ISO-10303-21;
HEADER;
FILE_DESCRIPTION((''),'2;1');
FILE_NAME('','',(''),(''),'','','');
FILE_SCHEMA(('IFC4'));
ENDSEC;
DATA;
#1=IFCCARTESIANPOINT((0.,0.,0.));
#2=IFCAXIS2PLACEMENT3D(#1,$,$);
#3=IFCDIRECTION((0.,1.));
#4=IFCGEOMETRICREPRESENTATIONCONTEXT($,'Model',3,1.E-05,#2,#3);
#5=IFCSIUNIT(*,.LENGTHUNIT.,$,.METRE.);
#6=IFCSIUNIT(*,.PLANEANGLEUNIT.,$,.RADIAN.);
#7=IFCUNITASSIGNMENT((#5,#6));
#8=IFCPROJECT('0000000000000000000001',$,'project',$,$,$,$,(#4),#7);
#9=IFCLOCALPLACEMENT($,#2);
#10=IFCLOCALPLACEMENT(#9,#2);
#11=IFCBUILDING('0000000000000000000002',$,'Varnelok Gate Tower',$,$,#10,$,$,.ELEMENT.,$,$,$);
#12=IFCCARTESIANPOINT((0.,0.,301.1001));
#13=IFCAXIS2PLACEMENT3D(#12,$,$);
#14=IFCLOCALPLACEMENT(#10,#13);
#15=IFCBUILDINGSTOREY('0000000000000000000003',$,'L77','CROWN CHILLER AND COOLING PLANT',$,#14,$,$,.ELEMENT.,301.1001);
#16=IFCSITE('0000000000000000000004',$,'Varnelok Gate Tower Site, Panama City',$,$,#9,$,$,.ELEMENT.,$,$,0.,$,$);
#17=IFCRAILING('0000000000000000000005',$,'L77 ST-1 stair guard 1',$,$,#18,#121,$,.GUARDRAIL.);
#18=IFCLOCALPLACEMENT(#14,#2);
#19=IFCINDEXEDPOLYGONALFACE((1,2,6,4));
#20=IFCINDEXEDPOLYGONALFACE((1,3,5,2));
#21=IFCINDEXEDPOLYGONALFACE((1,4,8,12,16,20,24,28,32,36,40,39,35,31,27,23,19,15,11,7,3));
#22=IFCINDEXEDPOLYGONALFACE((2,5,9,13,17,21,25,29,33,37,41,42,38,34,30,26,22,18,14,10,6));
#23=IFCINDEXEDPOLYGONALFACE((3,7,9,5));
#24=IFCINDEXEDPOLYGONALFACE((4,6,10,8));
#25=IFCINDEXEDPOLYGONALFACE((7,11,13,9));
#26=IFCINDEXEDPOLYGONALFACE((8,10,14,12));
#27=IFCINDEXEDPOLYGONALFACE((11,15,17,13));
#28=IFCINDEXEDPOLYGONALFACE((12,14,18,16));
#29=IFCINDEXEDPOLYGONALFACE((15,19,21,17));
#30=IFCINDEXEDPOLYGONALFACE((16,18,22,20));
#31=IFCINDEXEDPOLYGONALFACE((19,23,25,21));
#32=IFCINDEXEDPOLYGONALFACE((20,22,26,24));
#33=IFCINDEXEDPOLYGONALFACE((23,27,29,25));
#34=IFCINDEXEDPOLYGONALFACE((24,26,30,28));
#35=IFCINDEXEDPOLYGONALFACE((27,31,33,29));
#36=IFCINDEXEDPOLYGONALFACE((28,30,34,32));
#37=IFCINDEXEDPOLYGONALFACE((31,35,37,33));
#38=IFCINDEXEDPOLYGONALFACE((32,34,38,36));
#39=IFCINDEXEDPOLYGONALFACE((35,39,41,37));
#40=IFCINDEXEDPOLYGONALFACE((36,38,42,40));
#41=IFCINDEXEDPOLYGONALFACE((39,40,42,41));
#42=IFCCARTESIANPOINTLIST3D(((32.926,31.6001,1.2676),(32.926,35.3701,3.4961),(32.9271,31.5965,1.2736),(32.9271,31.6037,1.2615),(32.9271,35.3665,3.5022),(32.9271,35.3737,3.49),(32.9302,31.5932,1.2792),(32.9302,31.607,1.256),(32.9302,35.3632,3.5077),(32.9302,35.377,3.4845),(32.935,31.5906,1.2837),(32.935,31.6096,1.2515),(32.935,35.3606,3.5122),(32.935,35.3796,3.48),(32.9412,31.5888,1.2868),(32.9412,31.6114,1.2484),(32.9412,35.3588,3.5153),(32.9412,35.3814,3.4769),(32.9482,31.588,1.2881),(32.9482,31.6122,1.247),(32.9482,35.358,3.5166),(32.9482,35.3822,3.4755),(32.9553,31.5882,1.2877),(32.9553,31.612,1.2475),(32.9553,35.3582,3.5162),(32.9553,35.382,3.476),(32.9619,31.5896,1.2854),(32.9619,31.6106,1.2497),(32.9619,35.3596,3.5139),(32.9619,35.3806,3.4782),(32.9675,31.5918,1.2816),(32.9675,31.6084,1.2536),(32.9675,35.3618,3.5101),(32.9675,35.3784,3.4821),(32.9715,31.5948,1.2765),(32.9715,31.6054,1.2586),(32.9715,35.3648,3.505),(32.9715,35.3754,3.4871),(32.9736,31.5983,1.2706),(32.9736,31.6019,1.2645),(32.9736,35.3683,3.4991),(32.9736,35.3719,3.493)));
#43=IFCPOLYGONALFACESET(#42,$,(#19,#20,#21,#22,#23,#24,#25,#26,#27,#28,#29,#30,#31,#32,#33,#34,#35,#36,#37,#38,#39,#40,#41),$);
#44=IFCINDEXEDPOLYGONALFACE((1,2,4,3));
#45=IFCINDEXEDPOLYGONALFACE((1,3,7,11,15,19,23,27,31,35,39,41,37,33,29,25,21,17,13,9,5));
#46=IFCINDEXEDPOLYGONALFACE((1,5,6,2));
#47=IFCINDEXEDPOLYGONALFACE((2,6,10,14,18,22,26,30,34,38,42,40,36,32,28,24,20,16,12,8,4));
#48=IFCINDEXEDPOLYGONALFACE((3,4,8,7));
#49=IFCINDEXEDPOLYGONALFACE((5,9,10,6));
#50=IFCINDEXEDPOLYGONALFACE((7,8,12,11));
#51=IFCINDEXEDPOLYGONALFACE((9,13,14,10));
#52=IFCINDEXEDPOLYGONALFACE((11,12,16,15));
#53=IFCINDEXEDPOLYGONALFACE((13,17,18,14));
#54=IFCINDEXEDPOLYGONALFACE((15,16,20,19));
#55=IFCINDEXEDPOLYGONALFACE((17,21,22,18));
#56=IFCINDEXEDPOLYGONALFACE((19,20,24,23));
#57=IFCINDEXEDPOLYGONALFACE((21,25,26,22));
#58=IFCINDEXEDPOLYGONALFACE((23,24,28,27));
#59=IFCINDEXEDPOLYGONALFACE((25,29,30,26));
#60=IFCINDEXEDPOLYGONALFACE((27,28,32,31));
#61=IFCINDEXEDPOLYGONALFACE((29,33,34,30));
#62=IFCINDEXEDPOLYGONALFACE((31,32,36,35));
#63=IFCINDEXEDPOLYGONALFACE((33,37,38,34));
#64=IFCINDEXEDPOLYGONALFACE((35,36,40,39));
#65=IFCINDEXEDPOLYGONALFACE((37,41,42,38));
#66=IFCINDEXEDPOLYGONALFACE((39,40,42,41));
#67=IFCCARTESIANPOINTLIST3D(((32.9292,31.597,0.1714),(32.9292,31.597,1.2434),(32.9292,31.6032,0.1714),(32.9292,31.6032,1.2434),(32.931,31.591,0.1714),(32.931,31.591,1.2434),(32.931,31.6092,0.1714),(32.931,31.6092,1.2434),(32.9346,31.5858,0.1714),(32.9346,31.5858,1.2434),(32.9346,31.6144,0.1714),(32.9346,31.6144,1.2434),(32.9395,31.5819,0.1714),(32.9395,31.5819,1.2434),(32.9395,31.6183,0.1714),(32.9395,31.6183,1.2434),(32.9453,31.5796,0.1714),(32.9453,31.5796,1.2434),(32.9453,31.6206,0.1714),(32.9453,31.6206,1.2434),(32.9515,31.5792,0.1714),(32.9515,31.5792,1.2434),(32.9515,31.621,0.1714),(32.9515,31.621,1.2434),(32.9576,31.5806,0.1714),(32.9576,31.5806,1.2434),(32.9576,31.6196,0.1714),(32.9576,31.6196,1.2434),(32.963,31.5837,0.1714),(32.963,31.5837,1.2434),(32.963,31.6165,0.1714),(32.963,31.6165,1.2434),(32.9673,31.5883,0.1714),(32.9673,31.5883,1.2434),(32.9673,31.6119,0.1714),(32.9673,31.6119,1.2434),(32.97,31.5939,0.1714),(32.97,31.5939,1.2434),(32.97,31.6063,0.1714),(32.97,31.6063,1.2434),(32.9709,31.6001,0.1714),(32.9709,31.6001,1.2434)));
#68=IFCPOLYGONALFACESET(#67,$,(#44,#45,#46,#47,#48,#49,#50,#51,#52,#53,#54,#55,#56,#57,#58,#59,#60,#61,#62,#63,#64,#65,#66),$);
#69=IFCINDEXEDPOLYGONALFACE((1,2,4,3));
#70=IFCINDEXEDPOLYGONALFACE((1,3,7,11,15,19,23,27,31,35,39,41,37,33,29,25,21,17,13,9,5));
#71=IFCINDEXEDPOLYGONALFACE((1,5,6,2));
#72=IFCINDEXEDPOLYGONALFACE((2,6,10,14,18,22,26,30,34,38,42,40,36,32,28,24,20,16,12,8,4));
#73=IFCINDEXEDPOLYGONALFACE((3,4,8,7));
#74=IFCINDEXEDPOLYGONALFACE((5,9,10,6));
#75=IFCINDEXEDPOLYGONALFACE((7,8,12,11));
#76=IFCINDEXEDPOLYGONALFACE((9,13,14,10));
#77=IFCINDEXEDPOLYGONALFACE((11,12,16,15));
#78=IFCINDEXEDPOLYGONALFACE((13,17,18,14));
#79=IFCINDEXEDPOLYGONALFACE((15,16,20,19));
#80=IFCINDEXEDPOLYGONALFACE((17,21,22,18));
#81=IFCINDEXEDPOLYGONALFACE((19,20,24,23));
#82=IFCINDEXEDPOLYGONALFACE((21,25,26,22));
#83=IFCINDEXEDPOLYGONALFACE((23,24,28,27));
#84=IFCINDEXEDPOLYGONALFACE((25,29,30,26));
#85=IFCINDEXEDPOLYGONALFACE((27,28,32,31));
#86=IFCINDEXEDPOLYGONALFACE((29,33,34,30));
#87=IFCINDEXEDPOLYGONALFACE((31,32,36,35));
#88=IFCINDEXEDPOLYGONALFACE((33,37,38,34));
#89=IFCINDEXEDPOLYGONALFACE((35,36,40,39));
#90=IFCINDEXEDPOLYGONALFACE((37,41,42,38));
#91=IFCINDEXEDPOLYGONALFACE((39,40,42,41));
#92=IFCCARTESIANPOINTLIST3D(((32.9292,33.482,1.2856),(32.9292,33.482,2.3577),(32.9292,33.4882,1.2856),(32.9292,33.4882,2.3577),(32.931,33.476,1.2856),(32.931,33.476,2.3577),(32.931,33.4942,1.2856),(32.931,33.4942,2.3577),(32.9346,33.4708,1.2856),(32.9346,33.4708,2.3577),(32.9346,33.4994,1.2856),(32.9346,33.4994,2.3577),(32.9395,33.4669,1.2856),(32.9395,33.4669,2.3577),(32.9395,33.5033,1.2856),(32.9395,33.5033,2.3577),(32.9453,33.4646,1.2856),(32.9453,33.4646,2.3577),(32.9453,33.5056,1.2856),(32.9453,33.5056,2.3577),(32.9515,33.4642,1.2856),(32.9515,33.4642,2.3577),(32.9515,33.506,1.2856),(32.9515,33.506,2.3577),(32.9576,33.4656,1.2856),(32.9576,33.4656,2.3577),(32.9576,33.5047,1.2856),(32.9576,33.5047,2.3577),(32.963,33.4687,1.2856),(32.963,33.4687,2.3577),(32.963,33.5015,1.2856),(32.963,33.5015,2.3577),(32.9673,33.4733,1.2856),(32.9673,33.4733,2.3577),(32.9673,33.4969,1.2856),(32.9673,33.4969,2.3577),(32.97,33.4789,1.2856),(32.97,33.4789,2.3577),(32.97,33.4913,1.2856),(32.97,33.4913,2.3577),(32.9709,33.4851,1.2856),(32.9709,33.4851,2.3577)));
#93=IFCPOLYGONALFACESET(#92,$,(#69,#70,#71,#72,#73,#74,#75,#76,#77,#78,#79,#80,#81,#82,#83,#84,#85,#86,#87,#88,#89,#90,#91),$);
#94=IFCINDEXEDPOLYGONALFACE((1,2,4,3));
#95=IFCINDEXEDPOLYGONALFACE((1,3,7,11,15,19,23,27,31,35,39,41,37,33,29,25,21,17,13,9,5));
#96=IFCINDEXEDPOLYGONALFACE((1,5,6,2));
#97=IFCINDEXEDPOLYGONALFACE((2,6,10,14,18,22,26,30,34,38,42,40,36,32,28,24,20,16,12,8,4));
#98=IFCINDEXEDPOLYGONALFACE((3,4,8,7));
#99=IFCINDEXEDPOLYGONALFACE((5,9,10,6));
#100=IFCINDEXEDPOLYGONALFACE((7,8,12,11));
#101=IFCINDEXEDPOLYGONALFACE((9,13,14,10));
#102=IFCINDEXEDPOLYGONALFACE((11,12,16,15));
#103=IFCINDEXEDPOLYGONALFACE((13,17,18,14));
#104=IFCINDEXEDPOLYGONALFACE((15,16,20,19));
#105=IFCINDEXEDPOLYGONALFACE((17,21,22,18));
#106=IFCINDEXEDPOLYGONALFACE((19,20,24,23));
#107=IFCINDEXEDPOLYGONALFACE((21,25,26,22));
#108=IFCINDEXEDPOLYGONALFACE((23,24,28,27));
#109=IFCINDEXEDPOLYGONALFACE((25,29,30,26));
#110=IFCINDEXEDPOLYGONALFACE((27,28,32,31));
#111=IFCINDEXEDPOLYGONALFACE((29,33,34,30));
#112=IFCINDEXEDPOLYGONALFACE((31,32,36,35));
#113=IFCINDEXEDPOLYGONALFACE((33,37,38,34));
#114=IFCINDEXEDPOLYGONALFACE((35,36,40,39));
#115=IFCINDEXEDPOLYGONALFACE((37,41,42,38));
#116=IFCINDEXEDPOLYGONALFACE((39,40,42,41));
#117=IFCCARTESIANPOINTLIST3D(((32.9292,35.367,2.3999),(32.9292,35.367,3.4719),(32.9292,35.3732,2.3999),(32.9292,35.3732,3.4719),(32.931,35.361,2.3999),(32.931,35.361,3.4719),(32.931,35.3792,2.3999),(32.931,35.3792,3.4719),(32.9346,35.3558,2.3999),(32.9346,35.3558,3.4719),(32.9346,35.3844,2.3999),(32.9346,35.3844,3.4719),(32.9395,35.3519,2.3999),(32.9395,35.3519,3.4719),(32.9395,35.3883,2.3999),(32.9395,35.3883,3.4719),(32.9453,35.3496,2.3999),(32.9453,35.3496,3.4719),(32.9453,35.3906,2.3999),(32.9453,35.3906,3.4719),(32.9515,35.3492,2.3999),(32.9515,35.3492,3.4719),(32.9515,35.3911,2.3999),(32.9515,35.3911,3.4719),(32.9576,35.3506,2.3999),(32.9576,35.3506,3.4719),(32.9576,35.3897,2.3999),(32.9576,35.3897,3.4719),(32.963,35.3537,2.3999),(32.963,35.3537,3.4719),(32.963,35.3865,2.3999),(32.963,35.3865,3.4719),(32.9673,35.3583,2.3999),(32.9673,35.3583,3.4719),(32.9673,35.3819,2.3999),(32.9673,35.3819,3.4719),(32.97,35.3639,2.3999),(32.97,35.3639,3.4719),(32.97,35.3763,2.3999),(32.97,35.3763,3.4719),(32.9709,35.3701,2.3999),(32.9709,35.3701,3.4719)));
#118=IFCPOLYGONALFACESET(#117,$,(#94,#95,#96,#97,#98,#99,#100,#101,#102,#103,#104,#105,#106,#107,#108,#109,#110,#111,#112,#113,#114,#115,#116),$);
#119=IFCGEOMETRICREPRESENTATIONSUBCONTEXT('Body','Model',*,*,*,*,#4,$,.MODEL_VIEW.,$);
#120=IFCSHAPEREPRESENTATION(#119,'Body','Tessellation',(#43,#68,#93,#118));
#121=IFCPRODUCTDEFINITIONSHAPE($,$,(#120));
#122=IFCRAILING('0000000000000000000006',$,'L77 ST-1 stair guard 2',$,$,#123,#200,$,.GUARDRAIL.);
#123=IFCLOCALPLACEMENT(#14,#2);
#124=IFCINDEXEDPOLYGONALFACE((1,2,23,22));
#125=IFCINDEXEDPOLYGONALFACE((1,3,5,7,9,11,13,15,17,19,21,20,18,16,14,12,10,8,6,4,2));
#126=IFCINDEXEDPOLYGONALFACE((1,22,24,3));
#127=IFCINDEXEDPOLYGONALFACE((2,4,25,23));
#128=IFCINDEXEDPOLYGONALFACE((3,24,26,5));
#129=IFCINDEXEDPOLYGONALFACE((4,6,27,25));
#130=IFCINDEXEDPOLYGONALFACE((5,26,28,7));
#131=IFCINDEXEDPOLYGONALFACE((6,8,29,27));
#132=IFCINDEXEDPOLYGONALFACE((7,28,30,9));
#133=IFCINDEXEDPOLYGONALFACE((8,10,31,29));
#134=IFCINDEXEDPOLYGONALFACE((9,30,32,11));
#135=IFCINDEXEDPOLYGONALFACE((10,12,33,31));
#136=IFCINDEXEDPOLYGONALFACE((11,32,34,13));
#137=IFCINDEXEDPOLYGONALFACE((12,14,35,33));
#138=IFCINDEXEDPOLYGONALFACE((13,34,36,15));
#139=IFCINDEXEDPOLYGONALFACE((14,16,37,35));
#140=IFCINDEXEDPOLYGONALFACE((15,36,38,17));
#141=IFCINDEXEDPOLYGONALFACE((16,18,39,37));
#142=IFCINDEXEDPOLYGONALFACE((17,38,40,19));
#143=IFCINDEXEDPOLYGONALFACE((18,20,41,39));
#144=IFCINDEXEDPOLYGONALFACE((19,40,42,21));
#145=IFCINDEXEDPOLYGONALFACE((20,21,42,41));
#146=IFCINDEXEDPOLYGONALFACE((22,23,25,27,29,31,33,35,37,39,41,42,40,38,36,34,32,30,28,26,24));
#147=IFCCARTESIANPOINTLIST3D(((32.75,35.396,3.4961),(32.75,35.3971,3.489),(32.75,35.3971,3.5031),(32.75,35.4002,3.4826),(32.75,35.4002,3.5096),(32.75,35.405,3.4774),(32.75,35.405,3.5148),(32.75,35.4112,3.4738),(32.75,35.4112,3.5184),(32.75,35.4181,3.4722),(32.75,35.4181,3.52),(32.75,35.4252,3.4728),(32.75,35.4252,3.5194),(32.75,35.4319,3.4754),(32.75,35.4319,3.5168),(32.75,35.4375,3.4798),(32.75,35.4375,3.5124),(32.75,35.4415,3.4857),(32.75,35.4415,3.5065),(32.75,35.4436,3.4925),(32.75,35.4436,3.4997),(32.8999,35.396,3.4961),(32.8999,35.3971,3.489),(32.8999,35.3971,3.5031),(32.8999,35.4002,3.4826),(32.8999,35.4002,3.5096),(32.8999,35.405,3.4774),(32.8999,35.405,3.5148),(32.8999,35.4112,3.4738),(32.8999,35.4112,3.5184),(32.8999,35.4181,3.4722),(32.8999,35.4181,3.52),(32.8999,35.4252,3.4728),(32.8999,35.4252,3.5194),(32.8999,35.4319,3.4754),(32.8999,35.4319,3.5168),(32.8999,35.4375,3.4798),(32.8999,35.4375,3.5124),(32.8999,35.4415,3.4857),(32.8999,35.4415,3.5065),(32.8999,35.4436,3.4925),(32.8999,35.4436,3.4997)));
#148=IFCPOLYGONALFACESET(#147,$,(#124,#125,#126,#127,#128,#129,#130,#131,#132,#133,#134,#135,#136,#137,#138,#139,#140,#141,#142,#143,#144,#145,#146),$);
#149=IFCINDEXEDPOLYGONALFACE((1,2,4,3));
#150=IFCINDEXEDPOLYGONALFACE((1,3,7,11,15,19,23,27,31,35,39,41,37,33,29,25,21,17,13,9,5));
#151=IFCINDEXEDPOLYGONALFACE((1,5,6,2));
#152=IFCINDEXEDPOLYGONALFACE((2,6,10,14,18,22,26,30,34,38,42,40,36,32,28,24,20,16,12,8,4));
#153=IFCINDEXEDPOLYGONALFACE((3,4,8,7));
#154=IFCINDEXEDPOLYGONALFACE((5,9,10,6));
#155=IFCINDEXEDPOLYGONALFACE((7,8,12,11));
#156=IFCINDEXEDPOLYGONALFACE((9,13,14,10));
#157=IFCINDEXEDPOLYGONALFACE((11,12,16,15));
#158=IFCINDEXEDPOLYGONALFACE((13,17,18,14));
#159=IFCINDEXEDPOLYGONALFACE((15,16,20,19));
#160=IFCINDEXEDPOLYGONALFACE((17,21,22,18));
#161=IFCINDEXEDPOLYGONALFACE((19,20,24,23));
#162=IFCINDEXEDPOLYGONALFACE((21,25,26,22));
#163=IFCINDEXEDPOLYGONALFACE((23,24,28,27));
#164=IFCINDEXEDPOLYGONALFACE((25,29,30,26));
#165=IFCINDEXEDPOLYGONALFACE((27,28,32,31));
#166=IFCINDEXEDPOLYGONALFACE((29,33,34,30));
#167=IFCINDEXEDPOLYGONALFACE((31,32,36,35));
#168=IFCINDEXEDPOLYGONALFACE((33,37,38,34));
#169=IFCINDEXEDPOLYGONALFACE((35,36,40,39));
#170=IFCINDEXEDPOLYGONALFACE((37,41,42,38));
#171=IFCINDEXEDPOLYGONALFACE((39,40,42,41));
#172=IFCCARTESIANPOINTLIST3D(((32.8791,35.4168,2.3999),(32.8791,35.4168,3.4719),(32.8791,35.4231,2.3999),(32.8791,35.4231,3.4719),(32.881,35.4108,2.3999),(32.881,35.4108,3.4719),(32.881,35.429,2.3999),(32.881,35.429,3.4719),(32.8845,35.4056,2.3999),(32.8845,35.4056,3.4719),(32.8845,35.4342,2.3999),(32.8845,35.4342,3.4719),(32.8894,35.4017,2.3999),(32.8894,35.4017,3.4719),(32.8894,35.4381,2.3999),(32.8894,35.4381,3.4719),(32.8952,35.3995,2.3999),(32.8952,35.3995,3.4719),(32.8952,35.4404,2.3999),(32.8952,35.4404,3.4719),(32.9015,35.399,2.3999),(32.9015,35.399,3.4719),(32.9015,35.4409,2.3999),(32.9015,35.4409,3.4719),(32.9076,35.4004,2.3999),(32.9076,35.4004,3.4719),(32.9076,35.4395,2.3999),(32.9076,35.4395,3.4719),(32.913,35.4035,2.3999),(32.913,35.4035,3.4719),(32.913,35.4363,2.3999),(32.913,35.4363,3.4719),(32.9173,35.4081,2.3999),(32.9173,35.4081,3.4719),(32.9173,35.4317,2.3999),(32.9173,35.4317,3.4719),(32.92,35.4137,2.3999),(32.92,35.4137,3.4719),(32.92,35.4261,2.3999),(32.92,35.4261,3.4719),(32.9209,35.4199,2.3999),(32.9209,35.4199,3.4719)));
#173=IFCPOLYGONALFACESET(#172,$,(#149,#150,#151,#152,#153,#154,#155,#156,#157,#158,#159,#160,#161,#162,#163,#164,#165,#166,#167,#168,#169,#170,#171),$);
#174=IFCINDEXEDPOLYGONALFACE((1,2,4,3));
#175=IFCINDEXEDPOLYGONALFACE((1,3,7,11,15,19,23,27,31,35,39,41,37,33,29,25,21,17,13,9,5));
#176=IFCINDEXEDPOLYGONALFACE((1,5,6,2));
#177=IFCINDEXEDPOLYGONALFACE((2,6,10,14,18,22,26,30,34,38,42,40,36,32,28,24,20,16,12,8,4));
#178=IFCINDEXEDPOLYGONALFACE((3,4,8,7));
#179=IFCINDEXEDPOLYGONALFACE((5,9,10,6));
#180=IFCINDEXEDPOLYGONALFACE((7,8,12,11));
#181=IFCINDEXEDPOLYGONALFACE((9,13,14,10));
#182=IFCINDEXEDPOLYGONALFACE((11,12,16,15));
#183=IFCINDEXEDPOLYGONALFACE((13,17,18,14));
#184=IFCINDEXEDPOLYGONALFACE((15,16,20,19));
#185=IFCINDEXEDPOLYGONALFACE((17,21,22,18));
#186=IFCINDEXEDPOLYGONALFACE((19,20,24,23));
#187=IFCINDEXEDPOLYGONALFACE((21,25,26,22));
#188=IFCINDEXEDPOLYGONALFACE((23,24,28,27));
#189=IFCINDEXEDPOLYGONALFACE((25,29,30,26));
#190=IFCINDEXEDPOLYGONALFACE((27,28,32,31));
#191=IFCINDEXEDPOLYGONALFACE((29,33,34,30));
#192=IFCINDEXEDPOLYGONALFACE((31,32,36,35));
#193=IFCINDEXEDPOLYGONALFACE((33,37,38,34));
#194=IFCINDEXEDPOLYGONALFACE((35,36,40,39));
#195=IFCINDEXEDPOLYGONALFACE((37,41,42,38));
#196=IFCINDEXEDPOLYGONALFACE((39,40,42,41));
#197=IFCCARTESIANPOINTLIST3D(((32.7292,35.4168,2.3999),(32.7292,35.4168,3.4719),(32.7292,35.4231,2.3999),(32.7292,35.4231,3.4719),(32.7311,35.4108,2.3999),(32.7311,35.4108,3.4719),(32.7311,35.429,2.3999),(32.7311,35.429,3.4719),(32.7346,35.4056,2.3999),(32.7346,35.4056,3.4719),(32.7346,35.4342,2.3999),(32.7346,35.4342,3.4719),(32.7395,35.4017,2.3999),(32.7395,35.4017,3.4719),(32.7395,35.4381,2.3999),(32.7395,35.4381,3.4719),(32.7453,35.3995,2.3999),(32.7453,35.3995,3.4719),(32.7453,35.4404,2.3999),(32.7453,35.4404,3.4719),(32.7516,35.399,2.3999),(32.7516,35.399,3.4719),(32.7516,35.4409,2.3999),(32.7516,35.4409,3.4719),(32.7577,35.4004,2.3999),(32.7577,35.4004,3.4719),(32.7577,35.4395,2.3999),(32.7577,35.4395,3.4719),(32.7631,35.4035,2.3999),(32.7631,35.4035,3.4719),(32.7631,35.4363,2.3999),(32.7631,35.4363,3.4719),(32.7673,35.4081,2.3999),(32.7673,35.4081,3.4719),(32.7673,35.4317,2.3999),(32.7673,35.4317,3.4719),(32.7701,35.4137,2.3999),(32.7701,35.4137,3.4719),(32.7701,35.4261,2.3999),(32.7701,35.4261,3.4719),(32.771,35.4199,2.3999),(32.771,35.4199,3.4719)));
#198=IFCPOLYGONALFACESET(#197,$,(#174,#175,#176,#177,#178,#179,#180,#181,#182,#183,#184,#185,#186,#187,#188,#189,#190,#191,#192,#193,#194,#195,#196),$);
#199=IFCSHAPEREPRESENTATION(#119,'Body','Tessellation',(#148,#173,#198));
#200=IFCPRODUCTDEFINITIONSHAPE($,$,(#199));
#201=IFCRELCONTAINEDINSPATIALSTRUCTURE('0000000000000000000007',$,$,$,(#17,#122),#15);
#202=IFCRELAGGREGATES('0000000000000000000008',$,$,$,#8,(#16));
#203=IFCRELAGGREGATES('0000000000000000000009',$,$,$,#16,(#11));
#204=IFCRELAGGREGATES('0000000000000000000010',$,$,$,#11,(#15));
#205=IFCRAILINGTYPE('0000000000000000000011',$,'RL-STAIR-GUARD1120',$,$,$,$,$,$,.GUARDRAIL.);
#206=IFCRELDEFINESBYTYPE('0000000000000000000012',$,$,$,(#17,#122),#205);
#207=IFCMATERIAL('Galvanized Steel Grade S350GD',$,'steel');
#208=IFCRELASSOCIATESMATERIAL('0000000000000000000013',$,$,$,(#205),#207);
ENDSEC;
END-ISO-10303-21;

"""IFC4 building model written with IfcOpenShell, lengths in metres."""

from ifc_helpers import new_model, si_unit, direction, frame, origin, origin_2d, place, context, subcontext, project, spatial, circle, extrude, material, type_object, element, save


model = new_model("IFC4")

# Units and contexts
model_context = context("Model", 3, precision=1e-05, world=origin(), true_north=direction((0.0, 1.0)))
body_context = subcontext(model_context, "Body", "Model", "MODEL_VIEW")
ifc_project = project(units=[si_unit("LENGTHUNIT", "METRE"), si_unit("PLANEANGLEUNIT", "RADIAN")], contexts=[model_context])

# Site, building, storey
site_placement = place(None, origin())
site = spatial("IfcSite", under=ifc_project, at=site_placement, Name="Varnelok Gate Tower Site, Panama City", CompositionType="ELEMENT", RefElevation=0.0)
building_placement = place(site_placement, origin())
building = spatial("IfcBuilding", under=site, at=building_placement, Name="Varnelok Gate Tower", CompositionType="ELEMENT")
storey_placement = place(building_placement, frame((0.0, 0.0, 301.1001)))
storey = spatial("IfcBuildingStorey", under=building, at=storey_placement, Name="L77", Description="CROWN CHILLER AND COOLING PLANT", CompositionType="ELEMENT", Elevation=301.1001)

# Shared definitions
ifc_material_1 = material(Name="Galvanized Steel Grade S350GD", Category="steel")

# Railings
railing_type_1 = type_object("IfcRailingType", Name="RL-STAIR-GUARD1120", PredefinedType="GUARDRAIL", material=ifc_material_1)
railing_1_placement = place(storey_placement, frame((32.95, 31.6001, 0.1714)))
element("IfcRailing", 1, at=railing_1_placement, inside=storey, type_object=railing_type_1, Name="L77 ST-1 stair guard 1", PredefinedType="GUARDRAIL", context=body_context, shape_type="SweptSolid", body=[
    extrude(circle(Radius=0.0239, at=origin_2d()), frame((0.0, 0.0, 1.0962), z_axis=(0.0, 0.860849, 0.508861), x_axis=(-1.0, 0.0, 0.0)), (0.0, 0.0, 1.0), 4.3794),
    extrude(circle(Radius=0.021, at=origin_2d()), origin(), (0.0, 0.0, 1.0), 1.072),
    extrude(circle(Radius=0.021, at=origin_2d()), frame((0.0, 1.885, 1.1143)), (0.0, 0.0, 1.0), 1.072),
    extrude(circle(Radius=0.021, at=origin_2d()), frame((0.0, 3.77, 2.2285)), (0.0, 0.0, 1.0), 1.072),
])
railing_2_placement = place(storey_placement, frame((32.8999, 35.4199, 2.3999)))
element("IfcRailing", 2, at=railing_2_placement, inside=storey, type_object=railing_type_1, Name="L77 ST-1 stair guard 2", PredefinedType="GUARDRAIL", context=body_context, shape_type="SweptSolid", body=[
    extrude(circle(Radius=0.0239, at=origin_2d()), frame((0.0, 0.0, 1.0962), z_axis=(-1.0, 0.0, 0.0), x_axis=(0.0, -1.0, 0.0)), (0.0, 0.0, 1.0), 0.1499),
    extrude(circle(Radius=0.021, at=origin_2d()), origin(), (0.0, 0.0, 1.0), 1.072),
    extrude(circle(Radius=0.021, at=origin_2d()), frame((-0.1499, 0.0, 0.0)), (0.0, 0.0, 1.0), 1.072),
])

save(model, "model.ifc")
